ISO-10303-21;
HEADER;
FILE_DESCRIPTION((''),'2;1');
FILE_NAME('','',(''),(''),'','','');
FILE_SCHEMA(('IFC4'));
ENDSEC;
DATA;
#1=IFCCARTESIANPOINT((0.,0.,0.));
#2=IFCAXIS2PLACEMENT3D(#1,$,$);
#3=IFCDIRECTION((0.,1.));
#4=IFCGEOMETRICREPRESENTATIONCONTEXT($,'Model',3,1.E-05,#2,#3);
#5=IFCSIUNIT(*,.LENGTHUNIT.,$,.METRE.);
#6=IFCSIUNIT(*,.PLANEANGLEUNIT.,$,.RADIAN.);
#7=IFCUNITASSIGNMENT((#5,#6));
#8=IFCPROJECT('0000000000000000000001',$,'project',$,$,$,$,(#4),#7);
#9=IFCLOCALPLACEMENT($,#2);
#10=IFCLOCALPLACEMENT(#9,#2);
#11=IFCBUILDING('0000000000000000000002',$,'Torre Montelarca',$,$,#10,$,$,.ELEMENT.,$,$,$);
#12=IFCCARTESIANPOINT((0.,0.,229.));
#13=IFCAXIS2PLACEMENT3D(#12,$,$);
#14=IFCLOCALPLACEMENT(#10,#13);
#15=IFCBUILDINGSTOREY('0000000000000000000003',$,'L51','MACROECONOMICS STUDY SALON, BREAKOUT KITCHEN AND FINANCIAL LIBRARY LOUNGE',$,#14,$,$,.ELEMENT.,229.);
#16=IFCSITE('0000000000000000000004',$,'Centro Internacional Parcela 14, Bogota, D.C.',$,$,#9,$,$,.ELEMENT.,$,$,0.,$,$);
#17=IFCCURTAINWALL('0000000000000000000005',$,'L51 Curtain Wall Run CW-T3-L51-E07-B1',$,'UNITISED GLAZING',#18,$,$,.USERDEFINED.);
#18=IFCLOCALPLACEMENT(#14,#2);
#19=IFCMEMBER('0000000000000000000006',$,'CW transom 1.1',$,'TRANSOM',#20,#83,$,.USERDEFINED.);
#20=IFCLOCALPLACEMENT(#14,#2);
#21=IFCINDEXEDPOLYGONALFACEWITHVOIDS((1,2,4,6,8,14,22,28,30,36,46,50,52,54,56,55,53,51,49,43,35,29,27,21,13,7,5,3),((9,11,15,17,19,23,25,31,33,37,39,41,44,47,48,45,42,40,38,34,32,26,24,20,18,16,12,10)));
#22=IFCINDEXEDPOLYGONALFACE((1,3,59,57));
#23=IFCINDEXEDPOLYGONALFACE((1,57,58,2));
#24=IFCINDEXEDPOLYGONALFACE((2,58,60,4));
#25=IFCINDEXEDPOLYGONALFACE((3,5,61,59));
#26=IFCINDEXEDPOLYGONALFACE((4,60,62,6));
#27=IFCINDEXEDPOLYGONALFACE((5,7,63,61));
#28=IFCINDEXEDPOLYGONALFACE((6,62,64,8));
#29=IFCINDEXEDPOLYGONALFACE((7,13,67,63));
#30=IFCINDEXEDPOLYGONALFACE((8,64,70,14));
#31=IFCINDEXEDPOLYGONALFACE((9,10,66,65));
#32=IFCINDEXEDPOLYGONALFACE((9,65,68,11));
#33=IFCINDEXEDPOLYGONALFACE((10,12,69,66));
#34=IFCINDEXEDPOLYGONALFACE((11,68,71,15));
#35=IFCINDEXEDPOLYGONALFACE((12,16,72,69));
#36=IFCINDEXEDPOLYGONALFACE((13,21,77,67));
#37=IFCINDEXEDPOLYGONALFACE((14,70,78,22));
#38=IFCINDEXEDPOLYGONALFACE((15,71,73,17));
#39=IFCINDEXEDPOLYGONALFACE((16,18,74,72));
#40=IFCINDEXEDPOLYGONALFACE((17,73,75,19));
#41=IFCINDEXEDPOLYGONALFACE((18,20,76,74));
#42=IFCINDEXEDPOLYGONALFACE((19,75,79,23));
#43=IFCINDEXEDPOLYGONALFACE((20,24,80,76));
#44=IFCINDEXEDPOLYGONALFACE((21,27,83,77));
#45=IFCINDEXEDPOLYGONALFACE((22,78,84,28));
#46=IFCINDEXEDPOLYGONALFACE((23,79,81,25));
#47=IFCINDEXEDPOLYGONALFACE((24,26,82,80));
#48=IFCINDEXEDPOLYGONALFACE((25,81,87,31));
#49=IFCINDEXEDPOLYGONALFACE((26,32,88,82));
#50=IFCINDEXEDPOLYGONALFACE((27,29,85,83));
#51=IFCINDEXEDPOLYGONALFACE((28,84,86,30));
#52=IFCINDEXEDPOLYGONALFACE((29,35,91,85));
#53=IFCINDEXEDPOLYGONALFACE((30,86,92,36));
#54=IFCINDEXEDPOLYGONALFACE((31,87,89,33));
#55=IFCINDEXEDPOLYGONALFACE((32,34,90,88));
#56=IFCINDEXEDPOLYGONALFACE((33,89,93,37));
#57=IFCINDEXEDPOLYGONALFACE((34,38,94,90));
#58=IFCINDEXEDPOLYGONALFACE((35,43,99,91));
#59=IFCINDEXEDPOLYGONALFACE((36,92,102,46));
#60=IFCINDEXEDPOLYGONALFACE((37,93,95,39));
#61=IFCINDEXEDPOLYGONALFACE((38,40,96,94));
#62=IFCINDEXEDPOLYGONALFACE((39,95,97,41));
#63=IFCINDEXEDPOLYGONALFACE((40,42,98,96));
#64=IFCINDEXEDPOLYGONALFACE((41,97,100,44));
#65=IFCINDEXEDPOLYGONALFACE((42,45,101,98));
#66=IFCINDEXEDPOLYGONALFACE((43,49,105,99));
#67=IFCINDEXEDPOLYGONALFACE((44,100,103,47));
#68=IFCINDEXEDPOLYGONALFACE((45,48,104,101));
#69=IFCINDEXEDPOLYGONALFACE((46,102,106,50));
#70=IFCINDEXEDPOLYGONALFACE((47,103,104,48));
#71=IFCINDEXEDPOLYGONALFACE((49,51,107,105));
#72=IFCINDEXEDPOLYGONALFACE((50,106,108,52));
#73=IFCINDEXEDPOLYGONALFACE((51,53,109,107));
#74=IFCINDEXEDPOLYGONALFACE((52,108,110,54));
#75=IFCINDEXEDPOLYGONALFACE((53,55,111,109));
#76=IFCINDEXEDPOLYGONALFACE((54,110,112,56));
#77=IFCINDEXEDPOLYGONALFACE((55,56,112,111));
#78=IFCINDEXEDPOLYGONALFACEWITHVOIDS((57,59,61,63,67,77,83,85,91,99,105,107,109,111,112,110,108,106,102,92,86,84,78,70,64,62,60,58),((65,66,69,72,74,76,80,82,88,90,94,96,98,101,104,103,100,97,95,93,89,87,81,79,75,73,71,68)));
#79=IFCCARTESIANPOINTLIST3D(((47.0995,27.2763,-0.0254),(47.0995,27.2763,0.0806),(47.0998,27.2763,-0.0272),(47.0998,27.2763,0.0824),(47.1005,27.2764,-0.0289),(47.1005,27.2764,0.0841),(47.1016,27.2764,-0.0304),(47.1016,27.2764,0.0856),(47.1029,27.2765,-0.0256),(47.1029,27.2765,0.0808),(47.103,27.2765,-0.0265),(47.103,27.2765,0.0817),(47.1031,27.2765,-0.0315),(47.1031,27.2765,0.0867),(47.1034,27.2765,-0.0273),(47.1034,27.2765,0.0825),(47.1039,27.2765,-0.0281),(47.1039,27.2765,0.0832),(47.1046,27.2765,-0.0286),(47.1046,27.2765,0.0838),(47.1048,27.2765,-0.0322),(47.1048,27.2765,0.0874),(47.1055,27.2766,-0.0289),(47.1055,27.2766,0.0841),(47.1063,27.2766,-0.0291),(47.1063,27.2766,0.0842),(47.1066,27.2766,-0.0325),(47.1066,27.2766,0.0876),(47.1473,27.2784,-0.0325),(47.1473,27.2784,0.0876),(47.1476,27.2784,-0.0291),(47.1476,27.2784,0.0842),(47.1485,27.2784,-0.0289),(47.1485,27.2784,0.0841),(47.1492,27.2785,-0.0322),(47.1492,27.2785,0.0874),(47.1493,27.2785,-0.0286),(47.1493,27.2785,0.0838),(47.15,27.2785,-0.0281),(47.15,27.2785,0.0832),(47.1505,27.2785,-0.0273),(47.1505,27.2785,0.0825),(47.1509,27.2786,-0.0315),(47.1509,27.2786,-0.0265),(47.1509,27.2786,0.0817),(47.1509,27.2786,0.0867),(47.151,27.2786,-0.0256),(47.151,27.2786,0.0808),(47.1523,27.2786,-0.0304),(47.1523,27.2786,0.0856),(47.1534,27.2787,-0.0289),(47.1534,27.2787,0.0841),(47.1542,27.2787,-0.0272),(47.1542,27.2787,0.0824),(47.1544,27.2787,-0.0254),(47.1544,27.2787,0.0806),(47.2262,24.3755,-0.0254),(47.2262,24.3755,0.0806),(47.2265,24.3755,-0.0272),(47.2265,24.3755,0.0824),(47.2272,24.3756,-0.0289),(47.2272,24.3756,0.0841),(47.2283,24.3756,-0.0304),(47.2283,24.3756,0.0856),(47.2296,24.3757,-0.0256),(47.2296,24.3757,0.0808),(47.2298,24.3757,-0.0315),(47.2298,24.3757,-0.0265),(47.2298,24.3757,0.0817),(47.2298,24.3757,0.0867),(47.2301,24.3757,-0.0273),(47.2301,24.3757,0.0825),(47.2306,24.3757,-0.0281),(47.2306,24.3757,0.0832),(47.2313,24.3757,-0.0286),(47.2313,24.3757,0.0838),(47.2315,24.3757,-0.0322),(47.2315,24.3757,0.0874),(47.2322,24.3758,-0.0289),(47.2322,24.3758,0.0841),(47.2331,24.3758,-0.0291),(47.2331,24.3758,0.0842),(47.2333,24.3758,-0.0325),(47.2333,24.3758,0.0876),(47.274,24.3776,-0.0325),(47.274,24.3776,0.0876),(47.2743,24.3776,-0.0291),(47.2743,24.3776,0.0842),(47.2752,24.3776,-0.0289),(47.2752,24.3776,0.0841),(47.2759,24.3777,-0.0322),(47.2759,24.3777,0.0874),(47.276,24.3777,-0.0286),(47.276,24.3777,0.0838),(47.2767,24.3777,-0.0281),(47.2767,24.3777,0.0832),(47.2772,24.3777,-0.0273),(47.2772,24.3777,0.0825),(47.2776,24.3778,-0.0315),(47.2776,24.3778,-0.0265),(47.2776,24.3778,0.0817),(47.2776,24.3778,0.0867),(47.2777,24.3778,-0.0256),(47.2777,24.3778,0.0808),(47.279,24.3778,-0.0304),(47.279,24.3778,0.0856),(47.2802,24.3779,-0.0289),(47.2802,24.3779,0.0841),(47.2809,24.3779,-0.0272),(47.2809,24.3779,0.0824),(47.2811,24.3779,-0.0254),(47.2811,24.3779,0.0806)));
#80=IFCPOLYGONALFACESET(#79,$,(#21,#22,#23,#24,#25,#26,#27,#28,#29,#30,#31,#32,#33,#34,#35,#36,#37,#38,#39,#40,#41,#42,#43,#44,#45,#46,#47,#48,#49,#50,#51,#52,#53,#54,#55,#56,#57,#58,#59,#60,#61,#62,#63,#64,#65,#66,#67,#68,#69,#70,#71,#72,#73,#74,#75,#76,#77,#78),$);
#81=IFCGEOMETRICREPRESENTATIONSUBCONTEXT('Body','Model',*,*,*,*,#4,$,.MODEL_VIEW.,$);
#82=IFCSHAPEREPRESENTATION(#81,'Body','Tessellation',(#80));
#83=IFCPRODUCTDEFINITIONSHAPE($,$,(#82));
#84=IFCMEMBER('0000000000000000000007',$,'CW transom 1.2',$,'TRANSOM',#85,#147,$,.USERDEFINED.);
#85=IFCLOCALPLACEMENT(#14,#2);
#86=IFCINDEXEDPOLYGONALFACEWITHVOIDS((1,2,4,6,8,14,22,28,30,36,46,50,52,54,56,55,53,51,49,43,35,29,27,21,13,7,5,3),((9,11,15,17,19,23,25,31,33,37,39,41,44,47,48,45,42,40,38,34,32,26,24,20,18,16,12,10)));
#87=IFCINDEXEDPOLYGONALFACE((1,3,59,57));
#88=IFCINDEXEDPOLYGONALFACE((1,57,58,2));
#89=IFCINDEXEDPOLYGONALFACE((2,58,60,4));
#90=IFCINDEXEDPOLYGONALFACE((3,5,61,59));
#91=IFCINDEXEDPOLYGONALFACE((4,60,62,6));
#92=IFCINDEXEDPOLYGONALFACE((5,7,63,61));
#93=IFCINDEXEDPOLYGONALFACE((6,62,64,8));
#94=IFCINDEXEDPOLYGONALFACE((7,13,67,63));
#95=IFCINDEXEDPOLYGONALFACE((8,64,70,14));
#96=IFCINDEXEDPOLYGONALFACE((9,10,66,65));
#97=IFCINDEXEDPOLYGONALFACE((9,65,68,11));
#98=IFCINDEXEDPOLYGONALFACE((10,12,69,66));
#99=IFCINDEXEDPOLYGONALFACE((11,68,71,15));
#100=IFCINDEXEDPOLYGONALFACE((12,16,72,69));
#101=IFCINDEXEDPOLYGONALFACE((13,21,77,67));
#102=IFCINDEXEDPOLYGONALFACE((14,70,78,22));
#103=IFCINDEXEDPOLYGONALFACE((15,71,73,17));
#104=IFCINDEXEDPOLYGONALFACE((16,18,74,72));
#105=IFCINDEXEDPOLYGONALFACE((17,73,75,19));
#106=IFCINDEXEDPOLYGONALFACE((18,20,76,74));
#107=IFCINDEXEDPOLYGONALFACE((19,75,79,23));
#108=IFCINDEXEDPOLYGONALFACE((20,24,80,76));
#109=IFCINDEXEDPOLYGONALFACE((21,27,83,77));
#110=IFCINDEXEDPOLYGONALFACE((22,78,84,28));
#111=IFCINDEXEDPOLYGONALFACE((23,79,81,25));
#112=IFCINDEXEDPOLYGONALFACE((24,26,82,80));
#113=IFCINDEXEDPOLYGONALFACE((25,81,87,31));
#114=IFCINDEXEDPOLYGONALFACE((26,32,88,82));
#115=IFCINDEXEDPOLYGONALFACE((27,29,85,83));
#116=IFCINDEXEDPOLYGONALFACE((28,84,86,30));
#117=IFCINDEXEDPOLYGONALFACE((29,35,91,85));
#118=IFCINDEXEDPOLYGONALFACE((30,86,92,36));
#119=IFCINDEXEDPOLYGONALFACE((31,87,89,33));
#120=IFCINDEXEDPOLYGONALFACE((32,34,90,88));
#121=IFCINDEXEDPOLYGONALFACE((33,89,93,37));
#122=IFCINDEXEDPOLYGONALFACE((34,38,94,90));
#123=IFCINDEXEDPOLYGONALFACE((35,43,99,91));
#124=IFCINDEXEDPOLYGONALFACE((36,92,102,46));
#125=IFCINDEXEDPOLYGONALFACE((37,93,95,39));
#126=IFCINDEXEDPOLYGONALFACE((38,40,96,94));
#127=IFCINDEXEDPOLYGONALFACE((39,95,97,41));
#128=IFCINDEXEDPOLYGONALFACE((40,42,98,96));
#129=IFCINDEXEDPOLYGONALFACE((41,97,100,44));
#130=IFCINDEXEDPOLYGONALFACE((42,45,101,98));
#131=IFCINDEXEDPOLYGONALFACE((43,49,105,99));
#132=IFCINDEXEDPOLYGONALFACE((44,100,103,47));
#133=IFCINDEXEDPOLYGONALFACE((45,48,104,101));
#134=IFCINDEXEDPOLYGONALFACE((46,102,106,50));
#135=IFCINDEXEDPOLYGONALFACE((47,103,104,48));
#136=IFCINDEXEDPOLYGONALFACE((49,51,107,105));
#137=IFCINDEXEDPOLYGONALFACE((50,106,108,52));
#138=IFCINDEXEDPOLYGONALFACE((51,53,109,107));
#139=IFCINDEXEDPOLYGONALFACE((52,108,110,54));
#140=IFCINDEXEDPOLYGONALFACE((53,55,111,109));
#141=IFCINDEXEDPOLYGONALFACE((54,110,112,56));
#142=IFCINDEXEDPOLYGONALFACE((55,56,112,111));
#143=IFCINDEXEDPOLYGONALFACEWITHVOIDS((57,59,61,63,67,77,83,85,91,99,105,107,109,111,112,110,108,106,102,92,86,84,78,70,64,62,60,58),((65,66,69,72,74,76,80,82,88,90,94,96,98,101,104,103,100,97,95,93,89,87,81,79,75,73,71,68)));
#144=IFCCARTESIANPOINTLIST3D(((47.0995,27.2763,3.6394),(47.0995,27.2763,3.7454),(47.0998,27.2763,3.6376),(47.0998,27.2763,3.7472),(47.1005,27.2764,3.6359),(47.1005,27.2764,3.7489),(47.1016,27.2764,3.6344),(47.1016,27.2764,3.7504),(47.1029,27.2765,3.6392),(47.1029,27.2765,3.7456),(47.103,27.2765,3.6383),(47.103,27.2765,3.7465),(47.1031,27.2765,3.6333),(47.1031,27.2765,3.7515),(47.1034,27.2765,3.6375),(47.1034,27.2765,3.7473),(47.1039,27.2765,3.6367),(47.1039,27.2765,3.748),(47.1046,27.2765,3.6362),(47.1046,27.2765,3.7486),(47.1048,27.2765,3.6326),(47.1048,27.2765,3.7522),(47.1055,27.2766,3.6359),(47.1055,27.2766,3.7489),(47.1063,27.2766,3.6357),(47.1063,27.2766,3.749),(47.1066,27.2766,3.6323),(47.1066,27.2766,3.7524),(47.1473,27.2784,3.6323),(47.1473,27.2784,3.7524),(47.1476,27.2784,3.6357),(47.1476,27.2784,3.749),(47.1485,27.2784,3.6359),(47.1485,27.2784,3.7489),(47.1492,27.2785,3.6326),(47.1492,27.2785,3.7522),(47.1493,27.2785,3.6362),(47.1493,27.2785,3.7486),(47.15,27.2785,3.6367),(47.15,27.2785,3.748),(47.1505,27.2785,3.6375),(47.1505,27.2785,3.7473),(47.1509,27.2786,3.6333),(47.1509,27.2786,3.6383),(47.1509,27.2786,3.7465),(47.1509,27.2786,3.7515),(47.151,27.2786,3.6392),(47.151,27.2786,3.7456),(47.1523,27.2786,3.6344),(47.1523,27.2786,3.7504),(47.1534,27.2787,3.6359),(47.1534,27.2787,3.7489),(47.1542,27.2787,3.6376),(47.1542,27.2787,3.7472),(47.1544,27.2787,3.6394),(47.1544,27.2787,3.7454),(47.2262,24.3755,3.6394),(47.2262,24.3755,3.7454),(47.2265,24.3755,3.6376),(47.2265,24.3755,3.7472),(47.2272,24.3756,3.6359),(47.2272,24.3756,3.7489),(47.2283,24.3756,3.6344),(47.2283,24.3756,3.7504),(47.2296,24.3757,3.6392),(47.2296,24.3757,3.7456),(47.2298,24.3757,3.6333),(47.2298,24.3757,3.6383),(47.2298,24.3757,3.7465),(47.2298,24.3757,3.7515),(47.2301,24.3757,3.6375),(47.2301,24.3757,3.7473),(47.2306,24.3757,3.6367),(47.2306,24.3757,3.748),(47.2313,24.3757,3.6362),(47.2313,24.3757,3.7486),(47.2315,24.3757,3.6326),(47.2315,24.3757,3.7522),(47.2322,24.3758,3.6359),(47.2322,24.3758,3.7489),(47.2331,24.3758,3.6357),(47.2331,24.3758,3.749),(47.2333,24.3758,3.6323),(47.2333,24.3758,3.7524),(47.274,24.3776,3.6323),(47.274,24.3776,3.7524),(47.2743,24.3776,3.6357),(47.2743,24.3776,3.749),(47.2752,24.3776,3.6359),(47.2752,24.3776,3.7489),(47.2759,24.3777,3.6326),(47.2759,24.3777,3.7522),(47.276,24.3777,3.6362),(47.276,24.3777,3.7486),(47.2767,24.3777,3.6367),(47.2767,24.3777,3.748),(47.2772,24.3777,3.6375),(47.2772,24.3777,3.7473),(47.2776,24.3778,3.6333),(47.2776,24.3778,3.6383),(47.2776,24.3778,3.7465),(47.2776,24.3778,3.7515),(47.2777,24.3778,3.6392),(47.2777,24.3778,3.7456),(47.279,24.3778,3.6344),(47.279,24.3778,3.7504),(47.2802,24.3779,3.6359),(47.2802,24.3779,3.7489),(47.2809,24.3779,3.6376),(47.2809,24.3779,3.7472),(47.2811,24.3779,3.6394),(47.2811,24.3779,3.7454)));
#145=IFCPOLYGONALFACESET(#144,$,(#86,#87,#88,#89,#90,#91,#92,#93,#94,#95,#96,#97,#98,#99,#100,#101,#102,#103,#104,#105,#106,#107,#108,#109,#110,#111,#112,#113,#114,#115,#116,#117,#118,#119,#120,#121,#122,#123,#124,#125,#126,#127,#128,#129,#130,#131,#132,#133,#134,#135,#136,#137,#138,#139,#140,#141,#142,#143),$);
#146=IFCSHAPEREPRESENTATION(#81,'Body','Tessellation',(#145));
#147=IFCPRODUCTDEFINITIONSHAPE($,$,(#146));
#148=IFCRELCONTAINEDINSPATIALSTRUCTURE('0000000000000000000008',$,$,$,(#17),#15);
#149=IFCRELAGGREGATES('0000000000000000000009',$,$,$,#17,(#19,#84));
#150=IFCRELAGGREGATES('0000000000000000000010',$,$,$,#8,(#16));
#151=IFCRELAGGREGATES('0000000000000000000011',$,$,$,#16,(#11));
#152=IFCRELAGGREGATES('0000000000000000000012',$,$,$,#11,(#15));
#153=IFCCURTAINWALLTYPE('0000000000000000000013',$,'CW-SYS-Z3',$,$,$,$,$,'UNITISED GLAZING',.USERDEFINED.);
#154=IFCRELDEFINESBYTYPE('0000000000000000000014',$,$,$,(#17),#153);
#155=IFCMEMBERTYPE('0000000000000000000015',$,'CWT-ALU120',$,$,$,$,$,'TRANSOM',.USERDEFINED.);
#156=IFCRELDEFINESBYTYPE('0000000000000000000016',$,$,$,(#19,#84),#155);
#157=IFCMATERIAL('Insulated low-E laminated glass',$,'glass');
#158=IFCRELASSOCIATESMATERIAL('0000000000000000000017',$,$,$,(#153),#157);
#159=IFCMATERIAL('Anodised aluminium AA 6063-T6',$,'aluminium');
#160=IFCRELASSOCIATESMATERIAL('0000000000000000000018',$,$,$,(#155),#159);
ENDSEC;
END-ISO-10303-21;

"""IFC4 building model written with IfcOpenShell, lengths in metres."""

from ifc_helpers import new_model, si_unit, direction, frame, origin, origin_2d, place, context, subcontext, project, spatial, hollow_rectangle, extrude, source, transform, mapped, material, material_profile, profile_set, type_object, element, aggregate, save


model = new_model("IFC4")

# Units and contexts
model_context = context("Model", 3, precision=1e-05, world=origin(), true_north=direction((0.0, 1.0)))
body_context = subcontext(model_context, "Body", "Model", "MODEL_VIEW")
ifc_project = project(units=[si_unit("LENGTHUNIT", "METRE"), si_unit("PLANEANGLEUNIT", "RADIAN")], contexts=[model_context])

# Site, building, storey
site_placement = place(None, origin())
site = spatial("IfcSite", under=ifc_project, at=site_placement, Name="Centro Internacional Parcela 14, Bogota, D.C.", CompositionType="ELEMENT", RefElevation=0.0)
building_placement = place(site_placement, origin())
building = spatial("IfcBuilding", under=site, at=building_placement, Name="Torre Montelarca", CompositionType="ELEMENT")
storey_placement = place(building_placement, frame((0.0, 0.0, 229.0)))
storey = spatial("IfcBuildingStorey", under=building, at=storey_placement, Name="L51", Description="MACROECONOMICS STUDY SALON, BREAKOUT KITCHEN AND FINANCIAL LIBRARY LOUNGE", CompositionType="ELEMENT", Elevation=229.0)

# Curtain wall, members
ifc_material_1 = material(Name="Insulated low-E laminated glass", Category="glass")
curtain_wall_type = type_object("IfcCurtainWallType", Name="CW-SYS-Z3", ElementType="UNITISED GLAZING", PredefinedType="USERDEFINED", material=ifc_material_1)
curtain_wall_1_placement = place(storey_placement, origin())
curtain_wall_1 = element("IfcCurtainWall", 1, at=curtain_wall_1_placement, inside=storey, type_object=curtain_wall_type, Name="L51 Curtain Wall Run CW-T3-L51-E07-B1", ObjectType="UNITISED GLAZING", PredefinedType="USERDEFINED")
ifc_material_2 = material(Name="Anodised aluminium AA 6063-T6", Category="aluminium")
ifc_material_profile_1 = material_profile(ifc_material_2, hollow_rectangle(XDim=0.0549, YDim=0.1201, WallThickness=0.0034, InnerFilletRadius=0.0034, OuterFilletRadius=0.0071, at=origin_2d()), Name="ALU55X120X3.5", Category="aluminium")
ifc_profile_set_1 = profile_set([ifc_material_profile_1], Name="Anodised aluminium AA 6063-T6")
member_type_1 = type_object("IfcMemberType", Name="CWT-ALU120", ElementType="TRANSOM", PredefinedType="USERDEFINED", material=ifc_profile_set_1)
shared_shape_1 = source(origin(), body_context, "Body", "SweptSolid", [
    extrude(hollow_rectangle(XDim=0.0549, YDim=0.1201, WallThickness=0.0034, InnerFilletRadius=0.0034, OuterFilletRadius=0.0071, at=origin_2d()), origin(), (0.0, 0.0, 1.0), 2.9036),
])
member_1_placement = place(storey_placement, frame((47.2537, 24.3767, 0.0276), z_axis=(-0.043638, 0.999047, 0.0), x_axis=(-0.999047, -0.043638, 0.0)))
member_1 = element("IfcMember", 2, at=member_1_placement, type_object=member_type_1, Name="CW transom 1.1", ObjectType="TRANSOM", PredefinedType="USERDEFINED", context=body_context, shape_type="MappedRepresentation", body=[
    mapped(shared_shape_1, transform((0.0, 0.0, 0.0), scale=1.0)),
])
member_2_placement = place(storey_placement, frame((47.2537, 24.3767, 3.6924), z_axis=(-0.043638, 0.999047, 0.0), x_axis=(-0.999047, -0.043638, 0.0)))
member_2 = element("IfcMember", 3, at=member_2_placement, type_object=member_type_1, Name="CW transom 1.2", ObjectType="TRANSOM", PredefinedType="USERDEFINED", context=body_context, shape_type="MappedRepresentation", body=[
    mapped(shared_shape_1, transform((0.0, 0.0, 0.0), scale=1.0)),
])

aggregate(curtain_wall_1, [member_1, member_2])

save(model, "model.ifc")
